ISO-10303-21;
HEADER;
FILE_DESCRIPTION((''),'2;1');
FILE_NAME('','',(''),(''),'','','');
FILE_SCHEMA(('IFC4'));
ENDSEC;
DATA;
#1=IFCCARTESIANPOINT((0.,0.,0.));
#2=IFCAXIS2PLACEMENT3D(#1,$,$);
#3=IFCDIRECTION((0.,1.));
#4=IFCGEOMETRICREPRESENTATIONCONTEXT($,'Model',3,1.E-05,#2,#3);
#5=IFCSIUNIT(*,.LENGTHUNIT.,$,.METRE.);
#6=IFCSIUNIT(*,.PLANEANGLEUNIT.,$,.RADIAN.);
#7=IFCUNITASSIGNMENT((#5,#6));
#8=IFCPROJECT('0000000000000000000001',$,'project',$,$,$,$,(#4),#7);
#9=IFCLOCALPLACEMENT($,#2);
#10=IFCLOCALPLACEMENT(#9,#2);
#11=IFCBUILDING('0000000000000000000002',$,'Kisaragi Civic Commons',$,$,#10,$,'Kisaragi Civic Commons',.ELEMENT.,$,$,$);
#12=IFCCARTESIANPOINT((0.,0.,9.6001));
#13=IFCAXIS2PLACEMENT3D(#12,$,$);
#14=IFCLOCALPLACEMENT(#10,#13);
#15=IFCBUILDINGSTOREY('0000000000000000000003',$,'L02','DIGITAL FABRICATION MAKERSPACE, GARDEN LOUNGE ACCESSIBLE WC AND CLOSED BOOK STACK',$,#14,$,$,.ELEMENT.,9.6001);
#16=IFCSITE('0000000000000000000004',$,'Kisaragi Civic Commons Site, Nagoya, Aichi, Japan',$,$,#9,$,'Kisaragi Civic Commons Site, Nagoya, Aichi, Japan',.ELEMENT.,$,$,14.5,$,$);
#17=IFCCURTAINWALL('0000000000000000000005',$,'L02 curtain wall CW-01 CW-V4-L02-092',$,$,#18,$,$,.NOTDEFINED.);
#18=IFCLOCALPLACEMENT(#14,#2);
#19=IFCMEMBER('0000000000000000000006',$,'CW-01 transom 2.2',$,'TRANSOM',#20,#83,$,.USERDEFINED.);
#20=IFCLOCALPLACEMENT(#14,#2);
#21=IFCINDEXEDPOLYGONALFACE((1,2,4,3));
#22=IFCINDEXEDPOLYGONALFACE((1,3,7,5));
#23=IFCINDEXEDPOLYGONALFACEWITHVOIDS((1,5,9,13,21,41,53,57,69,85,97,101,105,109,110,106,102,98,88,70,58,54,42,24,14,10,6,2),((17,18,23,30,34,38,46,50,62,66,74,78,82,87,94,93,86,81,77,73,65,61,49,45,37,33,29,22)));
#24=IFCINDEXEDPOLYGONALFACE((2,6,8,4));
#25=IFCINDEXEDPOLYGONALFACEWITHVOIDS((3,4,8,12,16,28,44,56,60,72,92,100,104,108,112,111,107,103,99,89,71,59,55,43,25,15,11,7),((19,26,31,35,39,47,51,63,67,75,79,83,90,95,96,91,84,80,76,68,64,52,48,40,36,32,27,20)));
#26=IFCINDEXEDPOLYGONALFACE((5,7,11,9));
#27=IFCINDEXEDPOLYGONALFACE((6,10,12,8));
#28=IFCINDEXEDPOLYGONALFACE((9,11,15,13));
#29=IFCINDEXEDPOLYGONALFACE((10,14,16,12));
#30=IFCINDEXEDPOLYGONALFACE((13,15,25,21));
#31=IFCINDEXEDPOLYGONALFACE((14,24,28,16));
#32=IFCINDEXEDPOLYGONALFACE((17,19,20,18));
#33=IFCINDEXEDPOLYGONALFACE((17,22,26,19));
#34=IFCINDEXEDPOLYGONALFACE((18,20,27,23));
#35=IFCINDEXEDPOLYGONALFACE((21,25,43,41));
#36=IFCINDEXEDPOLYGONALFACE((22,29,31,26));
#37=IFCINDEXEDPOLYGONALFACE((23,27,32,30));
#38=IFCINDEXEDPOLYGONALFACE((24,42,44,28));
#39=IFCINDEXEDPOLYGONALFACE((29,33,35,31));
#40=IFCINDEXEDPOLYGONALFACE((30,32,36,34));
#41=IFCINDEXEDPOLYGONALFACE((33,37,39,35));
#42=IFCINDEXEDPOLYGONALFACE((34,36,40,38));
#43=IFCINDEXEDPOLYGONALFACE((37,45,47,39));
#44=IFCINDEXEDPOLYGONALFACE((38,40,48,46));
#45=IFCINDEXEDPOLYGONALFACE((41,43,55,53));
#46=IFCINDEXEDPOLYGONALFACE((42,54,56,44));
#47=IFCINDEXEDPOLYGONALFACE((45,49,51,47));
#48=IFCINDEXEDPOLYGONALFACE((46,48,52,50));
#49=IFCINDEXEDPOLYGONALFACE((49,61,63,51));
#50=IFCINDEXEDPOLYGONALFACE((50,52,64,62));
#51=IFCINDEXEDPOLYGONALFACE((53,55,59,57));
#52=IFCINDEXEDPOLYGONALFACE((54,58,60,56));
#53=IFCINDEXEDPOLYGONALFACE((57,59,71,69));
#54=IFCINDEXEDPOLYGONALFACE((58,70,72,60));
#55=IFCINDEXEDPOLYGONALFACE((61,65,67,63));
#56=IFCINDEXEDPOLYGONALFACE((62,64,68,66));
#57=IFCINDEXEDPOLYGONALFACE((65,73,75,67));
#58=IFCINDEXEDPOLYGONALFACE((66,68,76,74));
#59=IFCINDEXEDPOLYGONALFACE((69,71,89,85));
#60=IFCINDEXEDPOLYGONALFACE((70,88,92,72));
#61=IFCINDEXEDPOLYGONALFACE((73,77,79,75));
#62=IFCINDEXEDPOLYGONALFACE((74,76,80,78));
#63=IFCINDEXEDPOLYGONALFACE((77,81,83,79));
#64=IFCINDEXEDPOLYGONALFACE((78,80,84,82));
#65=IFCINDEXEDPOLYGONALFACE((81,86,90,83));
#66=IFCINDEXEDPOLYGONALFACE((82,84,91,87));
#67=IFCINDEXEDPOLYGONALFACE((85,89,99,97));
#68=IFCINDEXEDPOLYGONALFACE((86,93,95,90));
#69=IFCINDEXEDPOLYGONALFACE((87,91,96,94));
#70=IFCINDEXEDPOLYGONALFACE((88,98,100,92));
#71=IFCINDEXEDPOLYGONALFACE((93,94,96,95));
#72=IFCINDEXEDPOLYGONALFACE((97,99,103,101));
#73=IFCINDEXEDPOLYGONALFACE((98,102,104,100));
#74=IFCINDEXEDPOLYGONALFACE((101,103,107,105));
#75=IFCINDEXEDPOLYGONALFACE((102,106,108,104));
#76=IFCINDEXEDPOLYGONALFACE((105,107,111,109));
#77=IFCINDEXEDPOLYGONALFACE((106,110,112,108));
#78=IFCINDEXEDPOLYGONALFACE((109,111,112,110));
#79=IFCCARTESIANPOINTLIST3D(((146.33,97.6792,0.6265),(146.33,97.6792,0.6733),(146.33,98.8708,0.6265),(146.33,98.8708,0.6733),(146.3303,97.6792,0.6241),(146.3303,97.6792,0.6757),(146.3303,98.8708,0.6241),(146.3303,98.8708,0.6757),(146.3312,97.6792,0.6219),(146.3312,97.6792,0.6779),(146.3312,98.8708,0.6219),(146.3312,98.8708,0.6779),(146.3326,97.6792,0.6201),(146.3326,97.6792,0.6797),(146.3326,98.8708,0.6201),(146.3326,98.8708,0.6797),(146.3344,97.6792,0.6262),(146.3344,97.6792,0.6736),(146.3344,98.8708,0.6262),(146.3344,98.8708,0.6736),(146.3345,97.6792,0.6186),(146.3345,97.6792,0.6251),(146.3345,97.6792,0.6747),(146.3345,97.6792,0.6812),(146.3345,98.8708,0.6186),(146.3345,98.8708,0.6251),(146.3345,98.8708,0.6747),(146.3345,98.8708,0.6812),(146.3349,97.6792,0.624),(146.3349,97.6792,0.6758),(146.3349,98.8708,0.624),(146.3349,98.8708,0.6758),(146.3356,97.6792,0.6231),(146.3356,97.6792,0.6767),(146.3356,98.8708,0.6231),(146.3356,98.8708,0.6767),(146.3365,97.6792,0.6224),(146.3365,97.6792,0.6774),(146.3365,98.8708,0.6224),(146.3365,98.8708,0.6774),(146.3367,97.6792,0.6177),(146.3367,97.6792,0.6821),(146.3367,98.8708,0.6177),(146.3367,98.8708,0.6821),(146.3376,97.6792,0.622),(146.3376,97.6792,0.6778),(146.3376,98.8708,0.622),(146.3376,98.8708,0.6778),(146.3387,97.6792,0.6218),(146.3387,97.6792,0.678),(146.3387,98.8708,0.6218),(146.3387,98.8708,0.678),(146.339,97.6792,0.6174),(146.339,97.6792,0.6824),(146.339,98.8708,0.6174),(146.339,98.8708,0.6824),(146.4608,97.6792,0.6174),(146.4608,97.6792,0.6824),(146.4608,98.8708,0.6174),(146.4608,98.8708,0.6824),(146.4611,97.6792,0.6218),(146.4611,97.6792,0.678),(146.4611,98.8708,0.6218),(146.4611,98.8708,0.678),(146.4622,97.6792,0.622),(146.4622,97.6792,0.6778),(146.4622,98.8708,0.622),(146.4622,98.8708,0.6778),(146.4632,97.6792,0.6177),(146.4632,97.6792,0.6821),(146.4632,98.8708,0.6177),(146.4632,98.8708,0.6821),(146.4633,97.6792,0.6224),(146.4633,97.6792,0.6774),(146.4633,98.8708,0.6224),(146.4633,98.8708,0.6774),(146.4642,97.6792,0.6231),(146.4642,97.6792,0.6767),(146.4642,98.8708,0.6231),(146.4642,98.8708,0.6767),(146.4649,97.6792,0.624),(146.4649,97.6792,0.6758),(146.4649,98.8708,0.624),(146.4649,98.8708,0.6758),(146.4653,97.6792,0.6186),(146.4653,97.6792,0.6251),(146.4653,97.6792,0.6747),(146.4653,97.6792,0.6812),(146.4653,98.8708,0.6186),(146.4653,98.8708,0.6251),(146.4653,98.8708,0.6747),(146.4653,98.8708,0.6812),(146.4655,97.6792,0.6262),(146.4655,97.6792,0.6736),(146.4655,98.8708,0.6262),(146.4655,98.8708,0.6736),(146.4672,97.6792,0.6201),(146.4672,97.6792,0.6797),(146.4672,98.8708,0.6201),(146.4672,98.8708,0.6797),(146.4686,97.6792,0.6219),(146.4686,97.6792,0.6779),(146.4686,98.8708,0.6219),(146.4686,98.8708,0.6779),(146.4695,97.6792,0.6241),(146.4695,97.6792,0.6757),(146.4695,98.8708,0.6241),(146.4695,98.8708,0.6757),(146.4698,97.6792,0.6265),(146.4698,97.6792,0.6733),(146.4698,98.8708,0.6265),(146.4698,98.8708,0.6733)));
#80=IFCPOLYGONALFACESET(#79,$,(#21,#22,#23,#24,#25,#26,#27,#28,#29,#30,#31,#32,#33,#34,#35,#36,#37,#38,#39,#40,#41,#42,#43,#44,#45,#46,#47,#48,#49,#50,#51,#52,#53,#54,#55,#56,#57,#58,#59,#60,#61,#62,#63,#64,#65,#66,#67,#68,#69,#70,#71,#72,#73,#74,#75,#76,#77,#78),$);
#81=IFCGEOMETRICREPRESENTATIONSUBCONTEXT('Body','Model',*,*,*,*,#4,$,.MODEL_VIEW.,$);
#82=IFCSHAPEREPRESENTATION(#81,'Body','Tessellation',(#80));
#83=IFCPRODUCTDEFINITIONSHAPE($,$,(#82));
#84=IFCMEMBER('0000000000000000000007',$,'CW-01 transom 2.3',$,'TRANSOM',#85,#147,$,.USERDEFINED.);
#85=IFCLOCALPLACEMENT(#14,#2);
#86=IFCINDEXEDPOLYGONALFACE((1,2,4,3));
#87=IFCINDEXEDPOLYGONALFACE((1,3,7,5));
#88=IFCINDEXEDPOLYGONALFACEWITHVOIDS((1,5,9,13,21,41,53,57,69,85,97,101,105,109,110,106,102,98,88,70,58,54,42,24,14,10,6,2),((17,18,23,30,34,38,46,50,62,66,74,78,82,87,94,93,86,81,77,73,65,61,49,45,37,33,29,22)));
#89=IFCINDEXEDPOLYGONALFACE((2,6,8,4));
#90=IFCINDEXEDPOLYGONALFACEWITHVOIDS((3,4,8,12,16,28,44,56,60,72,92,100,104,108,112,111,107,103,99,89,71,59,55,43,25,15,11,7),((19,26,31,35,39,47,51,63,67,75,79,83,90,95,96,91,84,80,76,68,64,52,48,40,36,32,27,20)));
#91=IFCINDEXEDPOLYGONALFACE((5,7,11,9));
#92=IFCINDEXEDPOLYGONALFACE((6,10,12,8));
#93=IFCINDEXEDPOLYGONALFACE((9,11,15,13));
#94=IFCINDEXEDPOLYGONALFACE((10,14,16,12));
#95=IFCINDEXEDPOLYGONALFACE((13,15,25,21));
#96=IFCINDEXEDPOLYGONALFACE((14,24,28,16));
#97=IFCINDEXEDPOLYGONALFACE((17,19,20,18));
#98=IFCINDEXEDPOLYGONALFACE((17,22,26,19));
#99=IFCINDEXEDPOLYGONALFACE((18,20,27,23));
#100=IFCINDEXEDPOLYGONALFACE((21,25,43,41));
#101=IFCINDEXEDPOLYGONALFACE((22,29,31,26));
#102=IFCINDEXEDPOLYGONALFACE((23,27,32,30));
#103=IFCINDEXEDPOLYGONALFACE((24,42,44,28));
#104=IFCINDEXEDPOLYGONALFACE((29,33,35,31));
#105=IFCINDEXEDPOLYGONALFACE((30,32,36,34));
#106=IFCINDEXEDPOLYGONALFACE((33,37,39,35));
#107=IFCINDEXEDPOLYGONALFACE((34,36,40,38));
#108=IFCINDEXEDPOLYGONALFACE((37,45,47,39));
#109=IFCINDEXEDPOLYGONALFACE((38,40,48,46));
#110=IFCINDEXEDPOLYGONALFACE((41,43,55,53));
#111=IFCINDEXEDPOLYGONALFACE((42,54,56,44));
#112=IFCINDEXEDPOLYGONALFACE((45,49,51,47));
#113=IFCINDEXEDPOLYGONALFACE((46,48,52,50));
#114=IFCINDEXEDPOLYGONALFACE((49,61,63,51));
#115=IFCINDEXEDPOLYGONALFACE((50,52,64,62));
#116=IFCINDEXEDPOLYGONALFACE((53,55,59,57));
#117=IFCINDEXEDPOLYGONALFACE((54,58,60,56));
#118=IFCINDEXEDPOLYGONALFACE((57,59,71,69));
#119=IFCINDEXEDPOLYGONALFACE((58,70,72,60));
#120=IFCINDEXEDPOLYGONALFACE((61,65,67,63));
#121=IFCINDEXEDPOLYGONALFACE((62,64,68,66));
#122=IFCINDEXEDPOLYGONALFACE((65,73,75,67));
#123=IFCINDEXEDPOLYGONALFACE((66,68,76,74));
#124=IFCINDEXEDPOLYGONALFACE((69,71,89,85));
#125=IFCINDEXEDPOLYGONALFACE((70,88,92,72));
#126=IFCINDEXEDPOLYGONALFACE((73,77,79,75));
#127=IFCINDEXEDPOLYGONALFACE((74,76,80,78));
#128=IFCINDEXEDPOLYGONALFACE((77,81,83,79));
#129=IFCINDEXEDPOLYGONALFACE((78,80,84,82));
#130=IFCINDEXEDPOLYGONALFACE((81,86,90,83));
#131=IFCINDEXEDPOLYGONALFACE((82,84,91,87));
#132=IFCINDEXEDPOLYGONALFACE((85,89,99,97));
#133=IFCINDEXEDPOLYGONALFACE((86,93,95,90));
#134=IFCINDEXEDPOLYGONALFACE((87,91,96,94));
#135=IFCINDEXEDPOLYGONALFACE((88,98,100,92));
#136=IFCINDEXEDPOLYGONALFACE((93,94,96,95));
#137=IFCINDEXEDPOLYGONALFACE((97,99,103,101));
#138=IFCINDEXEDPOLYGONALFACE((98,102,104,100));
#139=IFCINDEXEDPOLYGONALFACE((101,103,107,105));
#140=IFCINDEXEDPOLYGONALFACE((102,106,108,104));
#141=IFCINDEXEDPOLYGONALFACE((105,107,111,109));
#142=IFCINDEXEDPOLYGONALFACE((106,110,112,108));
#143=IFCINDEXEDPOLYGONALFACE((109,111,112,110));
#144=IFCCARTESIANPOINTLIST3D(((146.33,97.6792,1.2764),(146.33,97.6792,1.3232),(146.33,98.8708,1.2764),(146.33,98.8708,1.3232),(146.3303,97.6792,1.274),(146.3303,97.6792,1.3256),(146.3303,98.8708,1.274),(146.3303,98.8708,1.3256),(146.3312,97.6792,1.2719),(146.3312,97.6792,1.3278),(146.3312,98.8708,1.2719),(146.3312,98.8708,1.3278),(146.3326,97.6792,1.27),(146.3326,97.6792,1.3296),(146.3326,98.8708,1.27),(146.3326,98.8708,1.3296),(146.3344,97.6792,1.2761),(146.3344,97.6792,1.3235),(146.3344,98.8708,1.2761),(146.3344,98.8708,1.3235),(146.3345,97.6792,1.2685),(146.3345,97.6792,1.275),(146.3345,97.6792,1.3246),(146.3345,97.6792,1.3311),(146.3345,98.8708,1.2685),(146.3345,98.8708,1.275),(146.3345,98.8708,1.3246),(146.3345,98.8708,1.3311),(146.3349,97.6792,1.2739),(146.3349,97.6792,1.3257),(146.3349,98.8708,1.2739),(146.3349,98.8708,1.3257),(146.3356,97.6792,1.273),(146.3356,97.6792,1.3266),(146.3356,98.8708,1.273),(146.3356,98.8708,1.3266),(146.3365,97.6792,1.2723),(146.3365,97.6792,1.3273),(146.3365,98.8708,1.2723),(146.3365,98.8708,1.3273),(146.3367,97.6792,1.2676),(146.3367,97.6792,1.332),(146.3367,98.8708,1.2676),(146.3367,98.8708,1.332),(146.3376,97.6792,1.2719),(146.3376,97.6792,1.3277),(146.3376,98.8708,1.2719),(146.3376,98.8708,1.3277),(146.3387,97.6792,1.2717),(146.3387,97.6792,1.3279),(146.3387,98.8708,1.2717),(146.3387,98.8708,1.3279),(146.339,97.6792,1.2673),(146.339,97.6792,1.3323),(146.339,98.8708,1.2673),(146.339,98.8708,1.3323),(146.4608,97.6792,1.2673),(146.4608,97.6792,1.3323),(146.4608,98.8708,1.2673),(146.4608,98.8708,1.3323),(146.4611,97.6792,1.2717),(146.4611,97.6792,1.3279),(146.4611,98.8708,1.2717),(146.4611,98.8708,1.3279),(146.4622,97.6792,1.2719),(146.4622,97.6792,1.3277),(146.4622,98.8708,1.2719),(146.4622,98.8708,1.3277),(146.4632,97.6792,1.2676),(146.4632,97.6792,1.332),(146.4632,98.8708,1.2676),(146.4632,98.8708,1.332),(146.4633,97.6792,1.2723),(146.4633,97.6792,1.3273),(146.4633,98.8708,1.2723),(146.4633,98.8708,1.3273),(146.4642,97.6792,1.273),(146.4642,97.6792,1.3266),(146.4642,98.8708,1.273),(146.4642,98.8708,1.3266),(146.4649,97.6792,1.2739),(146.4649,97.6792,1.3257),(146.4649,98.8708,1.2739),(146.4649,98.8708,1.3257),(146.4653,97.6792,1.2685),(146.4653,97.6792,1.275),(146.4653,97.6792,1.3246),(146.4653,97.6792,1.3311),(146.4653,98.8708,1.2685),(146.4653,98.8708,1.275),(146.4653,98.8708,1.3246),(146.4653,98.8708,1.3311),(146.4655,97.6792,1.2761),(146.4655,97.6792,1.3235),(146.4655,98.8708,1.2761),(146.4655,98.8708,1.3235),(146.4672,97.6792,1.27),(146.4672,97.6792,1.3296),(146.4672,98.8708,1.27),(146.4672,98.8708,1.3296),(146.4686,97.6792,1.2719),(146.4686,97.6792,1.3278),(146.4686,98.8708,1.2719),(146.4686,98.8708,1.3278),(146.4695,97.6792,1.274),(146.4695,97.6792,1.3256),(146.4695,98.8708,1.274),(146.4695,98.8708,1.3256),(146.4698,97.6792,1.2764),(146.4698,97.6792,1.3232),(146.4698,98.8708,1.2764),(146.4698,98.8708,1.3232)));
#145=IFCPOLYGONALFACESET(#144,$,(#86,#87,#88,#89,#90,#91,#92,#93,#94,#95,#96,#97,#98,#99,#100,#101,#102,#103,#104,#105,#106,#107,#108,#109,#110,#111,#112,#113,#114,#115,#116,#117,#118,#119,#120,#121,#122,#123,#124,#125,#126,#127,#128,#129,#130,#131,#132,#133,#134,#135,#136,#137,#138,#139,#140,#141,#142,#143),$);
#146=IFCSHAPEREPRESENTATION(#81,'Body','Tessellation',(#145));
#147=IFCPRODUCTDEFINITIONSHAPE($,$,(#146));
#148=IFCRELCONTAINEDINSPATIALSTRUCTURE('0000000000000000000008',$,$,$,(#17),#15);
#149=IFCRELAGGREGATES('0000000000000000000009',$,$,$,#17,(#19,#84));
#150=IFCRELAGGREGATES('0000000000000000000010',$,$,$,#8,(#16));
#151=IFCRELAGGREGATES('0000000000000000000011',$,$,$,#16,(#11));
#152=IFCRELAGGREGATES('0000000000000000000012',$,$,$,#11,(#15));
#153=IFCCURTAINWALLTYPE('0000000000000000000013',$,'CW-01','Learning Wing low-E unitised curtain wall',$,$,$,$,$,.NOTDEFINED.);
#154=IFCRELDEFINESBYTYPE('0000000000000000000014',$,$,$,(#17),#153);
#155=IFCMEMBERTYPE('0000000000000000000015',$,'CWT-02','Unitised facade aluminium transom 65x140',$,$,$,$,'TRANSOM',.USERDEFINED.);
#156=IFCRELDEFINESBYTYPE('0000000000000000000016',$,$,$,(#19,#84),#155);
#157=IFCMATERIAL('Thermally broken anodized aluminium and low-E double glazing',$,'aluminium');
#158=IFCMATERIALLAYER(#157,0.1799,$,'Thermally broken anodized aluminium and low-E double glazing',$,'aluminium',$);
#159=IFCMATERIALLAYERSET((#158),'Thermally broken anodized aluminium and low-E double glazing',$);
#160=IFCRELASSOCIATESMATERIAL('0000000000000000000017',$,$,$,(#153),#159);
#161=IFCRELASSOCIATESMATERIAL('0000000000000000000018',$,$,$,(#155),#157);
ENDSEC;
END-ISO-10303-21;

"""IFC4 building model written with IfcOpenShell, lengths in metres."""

from ifc_helpers import new_model, si_unit, direction, frame, origin, origin_2d, place, context, subcontext, project, spatial, hollow_rectangle, extrude, material, layer, layer_set, material_profile, profile_set, type_object, element, aggregate, save


model = new_model("IFC4")

# Units and contexts
model_context = context("Model", 3, precision=1e-05, world=origin(), true_north=direction((0.0, 1.0)))
body_context = subcontext(model_context, "Body", "Model", "MODEL_VIEW")
ifc_project = project(units=[si_unit("LENGTHUNIT", "METRE"), si_unit("PLANEANGLEUNIT", "RADIAN")], contexts=[model_context])

# Site, building, storey
site_placement = place(None, origin())
site = spatial("IfcSite", under=ifc_project, at=site_placement, Name="Kisaragi Civic Commons Site, Nagoya, Aichi, Japan", LongName="Kisaragi Civic Commons Site, Nagoya, Aichi, Japan", CompositionType="ELEMENT", RefElevation=14.5)
building_placement = place(site_placement, origin())
building = spatial("IfcBuilding", under=site, at=building_placement, Name="Kisaragi Civic Commons", LongName="Kisaragi Civic Commons", CompositionType="ELEMENT")
storey_placement = place(building_placement, frame((0.0, 0.0, 9.6001)))
storey = spatial("IfcBuildingStorey", under=building, at=storey_placement, Name="L02", Description="DIGITAL FABRICATION MAKERSPACE, GARDEN LOUNGE ACCESSIBLE WC AND CLOSED BOOK STACK", CompositionType="ELEMENT", Elevation=9.6001)

# Curtain wall, members
ifc_material_1 = material(Name="Thermally broken anodized aluminium and low-E double glazing", Category="aluminium")
ifc_layer_1 = layer(ifc_material_1, 0.1799, Name="Thermally broken anodized aluminium and low-E double glazing", Category="aluminium")
ifc_layer_set_1 = layer_set([ifc_layer_1], Name="Thermally broken anodized aluminium and low-E double glazing")
curtain_wall_type = type_object("IfcCurtainWallType", Name="CW-01", Description="Learning Wing low-E unitised curtain wall", PredefinedType="NOTDEFINED", material=ifc_layer_set_1)
curtain_wall_placement = place(storey_placement, origin())
curtain_wall = element("IfcCurtainWall", 1, at=curtain_wall_placement, inside=storey, type_object=curtain_wall_type, Name="L02 curtain wall CW-01 CW-V4-L02-092", PredefinedType="NOTDEFINED")
ifc_material_profile_1 = material_profile(ifc_material_1, hollow_rectangle(XDim=0.1399, YDim=0.0649, WallThickness=0.0044, InnerFilletRadius=0.0044, OuterFilletRadius=0.009, at=origin_2d()), Name="CWT-65x140x4.5", Category="aluminium")
ifc_profile_set_1 = profile_set([ifc_material_profile_1], Name="Thermally broken anodized aluminium and low-E double glazing")
member_type_1 = type_object("IfcMemberType", Name="CWT-02", Description="Unitised facade aluminium transom 65x140", ElementType="TRANSOM", PredefinedType="USERDEFINED", material=ifc_profile_set_1)
member_1_placement = place(storey_placement, frame((146.3999, 98.8708, 0.6499), z_axis=(0.0, -1.0, 0.0), x_axis=(1.0, 0.0, 0.0)))
member_1 = element("IfcMember", 2, at=member_1_placement, type_object=member_type_1, Name="CW-01 transom 2.2", ObjectType="TRANSOM", PredefinedType="USERDEFINED", context=body_context, shape_type="SweptSolid", body=[
    extrude(hollow_rectangle(XDim=0.1399, YDim=0.0649, WallThickness=0.0044, InnerFilletRadius=0.0044, OuterFilletRadius=0.009, at=origin_2d()), origin(), (0.0, 0.0, 1.0), 1.1917),
])
member_2_placement = place(storey_placement, frame((146.3999, 98.8708, 1.2998), z_axis=(0.0, -1.0, 0.0), x_axis=(1.0, 0.0, 0.0)))
member_2 = element("IfcMember", 3, at=member_2_placement, type_object=member_type_1, Name="CW-01 transom 2.3", ObjectType="TRANSOM", PredefinedType="USERDEFINED", context=body_context, shape_type="SweptSolid", body=[
    extrude(hollow_rectangle(XDim=0.1399, YDim=0.0649, WallThickness=0.0044, InnerFilletRadius=0.0044, OuterFilletRadius=0.009, at=origin_2d()), origin(), (0.0, 0.0, 1.0), 1.1917),
])

aggregate(curtain_wall, [member_1, member_2])

save(model, "model.ifc")
